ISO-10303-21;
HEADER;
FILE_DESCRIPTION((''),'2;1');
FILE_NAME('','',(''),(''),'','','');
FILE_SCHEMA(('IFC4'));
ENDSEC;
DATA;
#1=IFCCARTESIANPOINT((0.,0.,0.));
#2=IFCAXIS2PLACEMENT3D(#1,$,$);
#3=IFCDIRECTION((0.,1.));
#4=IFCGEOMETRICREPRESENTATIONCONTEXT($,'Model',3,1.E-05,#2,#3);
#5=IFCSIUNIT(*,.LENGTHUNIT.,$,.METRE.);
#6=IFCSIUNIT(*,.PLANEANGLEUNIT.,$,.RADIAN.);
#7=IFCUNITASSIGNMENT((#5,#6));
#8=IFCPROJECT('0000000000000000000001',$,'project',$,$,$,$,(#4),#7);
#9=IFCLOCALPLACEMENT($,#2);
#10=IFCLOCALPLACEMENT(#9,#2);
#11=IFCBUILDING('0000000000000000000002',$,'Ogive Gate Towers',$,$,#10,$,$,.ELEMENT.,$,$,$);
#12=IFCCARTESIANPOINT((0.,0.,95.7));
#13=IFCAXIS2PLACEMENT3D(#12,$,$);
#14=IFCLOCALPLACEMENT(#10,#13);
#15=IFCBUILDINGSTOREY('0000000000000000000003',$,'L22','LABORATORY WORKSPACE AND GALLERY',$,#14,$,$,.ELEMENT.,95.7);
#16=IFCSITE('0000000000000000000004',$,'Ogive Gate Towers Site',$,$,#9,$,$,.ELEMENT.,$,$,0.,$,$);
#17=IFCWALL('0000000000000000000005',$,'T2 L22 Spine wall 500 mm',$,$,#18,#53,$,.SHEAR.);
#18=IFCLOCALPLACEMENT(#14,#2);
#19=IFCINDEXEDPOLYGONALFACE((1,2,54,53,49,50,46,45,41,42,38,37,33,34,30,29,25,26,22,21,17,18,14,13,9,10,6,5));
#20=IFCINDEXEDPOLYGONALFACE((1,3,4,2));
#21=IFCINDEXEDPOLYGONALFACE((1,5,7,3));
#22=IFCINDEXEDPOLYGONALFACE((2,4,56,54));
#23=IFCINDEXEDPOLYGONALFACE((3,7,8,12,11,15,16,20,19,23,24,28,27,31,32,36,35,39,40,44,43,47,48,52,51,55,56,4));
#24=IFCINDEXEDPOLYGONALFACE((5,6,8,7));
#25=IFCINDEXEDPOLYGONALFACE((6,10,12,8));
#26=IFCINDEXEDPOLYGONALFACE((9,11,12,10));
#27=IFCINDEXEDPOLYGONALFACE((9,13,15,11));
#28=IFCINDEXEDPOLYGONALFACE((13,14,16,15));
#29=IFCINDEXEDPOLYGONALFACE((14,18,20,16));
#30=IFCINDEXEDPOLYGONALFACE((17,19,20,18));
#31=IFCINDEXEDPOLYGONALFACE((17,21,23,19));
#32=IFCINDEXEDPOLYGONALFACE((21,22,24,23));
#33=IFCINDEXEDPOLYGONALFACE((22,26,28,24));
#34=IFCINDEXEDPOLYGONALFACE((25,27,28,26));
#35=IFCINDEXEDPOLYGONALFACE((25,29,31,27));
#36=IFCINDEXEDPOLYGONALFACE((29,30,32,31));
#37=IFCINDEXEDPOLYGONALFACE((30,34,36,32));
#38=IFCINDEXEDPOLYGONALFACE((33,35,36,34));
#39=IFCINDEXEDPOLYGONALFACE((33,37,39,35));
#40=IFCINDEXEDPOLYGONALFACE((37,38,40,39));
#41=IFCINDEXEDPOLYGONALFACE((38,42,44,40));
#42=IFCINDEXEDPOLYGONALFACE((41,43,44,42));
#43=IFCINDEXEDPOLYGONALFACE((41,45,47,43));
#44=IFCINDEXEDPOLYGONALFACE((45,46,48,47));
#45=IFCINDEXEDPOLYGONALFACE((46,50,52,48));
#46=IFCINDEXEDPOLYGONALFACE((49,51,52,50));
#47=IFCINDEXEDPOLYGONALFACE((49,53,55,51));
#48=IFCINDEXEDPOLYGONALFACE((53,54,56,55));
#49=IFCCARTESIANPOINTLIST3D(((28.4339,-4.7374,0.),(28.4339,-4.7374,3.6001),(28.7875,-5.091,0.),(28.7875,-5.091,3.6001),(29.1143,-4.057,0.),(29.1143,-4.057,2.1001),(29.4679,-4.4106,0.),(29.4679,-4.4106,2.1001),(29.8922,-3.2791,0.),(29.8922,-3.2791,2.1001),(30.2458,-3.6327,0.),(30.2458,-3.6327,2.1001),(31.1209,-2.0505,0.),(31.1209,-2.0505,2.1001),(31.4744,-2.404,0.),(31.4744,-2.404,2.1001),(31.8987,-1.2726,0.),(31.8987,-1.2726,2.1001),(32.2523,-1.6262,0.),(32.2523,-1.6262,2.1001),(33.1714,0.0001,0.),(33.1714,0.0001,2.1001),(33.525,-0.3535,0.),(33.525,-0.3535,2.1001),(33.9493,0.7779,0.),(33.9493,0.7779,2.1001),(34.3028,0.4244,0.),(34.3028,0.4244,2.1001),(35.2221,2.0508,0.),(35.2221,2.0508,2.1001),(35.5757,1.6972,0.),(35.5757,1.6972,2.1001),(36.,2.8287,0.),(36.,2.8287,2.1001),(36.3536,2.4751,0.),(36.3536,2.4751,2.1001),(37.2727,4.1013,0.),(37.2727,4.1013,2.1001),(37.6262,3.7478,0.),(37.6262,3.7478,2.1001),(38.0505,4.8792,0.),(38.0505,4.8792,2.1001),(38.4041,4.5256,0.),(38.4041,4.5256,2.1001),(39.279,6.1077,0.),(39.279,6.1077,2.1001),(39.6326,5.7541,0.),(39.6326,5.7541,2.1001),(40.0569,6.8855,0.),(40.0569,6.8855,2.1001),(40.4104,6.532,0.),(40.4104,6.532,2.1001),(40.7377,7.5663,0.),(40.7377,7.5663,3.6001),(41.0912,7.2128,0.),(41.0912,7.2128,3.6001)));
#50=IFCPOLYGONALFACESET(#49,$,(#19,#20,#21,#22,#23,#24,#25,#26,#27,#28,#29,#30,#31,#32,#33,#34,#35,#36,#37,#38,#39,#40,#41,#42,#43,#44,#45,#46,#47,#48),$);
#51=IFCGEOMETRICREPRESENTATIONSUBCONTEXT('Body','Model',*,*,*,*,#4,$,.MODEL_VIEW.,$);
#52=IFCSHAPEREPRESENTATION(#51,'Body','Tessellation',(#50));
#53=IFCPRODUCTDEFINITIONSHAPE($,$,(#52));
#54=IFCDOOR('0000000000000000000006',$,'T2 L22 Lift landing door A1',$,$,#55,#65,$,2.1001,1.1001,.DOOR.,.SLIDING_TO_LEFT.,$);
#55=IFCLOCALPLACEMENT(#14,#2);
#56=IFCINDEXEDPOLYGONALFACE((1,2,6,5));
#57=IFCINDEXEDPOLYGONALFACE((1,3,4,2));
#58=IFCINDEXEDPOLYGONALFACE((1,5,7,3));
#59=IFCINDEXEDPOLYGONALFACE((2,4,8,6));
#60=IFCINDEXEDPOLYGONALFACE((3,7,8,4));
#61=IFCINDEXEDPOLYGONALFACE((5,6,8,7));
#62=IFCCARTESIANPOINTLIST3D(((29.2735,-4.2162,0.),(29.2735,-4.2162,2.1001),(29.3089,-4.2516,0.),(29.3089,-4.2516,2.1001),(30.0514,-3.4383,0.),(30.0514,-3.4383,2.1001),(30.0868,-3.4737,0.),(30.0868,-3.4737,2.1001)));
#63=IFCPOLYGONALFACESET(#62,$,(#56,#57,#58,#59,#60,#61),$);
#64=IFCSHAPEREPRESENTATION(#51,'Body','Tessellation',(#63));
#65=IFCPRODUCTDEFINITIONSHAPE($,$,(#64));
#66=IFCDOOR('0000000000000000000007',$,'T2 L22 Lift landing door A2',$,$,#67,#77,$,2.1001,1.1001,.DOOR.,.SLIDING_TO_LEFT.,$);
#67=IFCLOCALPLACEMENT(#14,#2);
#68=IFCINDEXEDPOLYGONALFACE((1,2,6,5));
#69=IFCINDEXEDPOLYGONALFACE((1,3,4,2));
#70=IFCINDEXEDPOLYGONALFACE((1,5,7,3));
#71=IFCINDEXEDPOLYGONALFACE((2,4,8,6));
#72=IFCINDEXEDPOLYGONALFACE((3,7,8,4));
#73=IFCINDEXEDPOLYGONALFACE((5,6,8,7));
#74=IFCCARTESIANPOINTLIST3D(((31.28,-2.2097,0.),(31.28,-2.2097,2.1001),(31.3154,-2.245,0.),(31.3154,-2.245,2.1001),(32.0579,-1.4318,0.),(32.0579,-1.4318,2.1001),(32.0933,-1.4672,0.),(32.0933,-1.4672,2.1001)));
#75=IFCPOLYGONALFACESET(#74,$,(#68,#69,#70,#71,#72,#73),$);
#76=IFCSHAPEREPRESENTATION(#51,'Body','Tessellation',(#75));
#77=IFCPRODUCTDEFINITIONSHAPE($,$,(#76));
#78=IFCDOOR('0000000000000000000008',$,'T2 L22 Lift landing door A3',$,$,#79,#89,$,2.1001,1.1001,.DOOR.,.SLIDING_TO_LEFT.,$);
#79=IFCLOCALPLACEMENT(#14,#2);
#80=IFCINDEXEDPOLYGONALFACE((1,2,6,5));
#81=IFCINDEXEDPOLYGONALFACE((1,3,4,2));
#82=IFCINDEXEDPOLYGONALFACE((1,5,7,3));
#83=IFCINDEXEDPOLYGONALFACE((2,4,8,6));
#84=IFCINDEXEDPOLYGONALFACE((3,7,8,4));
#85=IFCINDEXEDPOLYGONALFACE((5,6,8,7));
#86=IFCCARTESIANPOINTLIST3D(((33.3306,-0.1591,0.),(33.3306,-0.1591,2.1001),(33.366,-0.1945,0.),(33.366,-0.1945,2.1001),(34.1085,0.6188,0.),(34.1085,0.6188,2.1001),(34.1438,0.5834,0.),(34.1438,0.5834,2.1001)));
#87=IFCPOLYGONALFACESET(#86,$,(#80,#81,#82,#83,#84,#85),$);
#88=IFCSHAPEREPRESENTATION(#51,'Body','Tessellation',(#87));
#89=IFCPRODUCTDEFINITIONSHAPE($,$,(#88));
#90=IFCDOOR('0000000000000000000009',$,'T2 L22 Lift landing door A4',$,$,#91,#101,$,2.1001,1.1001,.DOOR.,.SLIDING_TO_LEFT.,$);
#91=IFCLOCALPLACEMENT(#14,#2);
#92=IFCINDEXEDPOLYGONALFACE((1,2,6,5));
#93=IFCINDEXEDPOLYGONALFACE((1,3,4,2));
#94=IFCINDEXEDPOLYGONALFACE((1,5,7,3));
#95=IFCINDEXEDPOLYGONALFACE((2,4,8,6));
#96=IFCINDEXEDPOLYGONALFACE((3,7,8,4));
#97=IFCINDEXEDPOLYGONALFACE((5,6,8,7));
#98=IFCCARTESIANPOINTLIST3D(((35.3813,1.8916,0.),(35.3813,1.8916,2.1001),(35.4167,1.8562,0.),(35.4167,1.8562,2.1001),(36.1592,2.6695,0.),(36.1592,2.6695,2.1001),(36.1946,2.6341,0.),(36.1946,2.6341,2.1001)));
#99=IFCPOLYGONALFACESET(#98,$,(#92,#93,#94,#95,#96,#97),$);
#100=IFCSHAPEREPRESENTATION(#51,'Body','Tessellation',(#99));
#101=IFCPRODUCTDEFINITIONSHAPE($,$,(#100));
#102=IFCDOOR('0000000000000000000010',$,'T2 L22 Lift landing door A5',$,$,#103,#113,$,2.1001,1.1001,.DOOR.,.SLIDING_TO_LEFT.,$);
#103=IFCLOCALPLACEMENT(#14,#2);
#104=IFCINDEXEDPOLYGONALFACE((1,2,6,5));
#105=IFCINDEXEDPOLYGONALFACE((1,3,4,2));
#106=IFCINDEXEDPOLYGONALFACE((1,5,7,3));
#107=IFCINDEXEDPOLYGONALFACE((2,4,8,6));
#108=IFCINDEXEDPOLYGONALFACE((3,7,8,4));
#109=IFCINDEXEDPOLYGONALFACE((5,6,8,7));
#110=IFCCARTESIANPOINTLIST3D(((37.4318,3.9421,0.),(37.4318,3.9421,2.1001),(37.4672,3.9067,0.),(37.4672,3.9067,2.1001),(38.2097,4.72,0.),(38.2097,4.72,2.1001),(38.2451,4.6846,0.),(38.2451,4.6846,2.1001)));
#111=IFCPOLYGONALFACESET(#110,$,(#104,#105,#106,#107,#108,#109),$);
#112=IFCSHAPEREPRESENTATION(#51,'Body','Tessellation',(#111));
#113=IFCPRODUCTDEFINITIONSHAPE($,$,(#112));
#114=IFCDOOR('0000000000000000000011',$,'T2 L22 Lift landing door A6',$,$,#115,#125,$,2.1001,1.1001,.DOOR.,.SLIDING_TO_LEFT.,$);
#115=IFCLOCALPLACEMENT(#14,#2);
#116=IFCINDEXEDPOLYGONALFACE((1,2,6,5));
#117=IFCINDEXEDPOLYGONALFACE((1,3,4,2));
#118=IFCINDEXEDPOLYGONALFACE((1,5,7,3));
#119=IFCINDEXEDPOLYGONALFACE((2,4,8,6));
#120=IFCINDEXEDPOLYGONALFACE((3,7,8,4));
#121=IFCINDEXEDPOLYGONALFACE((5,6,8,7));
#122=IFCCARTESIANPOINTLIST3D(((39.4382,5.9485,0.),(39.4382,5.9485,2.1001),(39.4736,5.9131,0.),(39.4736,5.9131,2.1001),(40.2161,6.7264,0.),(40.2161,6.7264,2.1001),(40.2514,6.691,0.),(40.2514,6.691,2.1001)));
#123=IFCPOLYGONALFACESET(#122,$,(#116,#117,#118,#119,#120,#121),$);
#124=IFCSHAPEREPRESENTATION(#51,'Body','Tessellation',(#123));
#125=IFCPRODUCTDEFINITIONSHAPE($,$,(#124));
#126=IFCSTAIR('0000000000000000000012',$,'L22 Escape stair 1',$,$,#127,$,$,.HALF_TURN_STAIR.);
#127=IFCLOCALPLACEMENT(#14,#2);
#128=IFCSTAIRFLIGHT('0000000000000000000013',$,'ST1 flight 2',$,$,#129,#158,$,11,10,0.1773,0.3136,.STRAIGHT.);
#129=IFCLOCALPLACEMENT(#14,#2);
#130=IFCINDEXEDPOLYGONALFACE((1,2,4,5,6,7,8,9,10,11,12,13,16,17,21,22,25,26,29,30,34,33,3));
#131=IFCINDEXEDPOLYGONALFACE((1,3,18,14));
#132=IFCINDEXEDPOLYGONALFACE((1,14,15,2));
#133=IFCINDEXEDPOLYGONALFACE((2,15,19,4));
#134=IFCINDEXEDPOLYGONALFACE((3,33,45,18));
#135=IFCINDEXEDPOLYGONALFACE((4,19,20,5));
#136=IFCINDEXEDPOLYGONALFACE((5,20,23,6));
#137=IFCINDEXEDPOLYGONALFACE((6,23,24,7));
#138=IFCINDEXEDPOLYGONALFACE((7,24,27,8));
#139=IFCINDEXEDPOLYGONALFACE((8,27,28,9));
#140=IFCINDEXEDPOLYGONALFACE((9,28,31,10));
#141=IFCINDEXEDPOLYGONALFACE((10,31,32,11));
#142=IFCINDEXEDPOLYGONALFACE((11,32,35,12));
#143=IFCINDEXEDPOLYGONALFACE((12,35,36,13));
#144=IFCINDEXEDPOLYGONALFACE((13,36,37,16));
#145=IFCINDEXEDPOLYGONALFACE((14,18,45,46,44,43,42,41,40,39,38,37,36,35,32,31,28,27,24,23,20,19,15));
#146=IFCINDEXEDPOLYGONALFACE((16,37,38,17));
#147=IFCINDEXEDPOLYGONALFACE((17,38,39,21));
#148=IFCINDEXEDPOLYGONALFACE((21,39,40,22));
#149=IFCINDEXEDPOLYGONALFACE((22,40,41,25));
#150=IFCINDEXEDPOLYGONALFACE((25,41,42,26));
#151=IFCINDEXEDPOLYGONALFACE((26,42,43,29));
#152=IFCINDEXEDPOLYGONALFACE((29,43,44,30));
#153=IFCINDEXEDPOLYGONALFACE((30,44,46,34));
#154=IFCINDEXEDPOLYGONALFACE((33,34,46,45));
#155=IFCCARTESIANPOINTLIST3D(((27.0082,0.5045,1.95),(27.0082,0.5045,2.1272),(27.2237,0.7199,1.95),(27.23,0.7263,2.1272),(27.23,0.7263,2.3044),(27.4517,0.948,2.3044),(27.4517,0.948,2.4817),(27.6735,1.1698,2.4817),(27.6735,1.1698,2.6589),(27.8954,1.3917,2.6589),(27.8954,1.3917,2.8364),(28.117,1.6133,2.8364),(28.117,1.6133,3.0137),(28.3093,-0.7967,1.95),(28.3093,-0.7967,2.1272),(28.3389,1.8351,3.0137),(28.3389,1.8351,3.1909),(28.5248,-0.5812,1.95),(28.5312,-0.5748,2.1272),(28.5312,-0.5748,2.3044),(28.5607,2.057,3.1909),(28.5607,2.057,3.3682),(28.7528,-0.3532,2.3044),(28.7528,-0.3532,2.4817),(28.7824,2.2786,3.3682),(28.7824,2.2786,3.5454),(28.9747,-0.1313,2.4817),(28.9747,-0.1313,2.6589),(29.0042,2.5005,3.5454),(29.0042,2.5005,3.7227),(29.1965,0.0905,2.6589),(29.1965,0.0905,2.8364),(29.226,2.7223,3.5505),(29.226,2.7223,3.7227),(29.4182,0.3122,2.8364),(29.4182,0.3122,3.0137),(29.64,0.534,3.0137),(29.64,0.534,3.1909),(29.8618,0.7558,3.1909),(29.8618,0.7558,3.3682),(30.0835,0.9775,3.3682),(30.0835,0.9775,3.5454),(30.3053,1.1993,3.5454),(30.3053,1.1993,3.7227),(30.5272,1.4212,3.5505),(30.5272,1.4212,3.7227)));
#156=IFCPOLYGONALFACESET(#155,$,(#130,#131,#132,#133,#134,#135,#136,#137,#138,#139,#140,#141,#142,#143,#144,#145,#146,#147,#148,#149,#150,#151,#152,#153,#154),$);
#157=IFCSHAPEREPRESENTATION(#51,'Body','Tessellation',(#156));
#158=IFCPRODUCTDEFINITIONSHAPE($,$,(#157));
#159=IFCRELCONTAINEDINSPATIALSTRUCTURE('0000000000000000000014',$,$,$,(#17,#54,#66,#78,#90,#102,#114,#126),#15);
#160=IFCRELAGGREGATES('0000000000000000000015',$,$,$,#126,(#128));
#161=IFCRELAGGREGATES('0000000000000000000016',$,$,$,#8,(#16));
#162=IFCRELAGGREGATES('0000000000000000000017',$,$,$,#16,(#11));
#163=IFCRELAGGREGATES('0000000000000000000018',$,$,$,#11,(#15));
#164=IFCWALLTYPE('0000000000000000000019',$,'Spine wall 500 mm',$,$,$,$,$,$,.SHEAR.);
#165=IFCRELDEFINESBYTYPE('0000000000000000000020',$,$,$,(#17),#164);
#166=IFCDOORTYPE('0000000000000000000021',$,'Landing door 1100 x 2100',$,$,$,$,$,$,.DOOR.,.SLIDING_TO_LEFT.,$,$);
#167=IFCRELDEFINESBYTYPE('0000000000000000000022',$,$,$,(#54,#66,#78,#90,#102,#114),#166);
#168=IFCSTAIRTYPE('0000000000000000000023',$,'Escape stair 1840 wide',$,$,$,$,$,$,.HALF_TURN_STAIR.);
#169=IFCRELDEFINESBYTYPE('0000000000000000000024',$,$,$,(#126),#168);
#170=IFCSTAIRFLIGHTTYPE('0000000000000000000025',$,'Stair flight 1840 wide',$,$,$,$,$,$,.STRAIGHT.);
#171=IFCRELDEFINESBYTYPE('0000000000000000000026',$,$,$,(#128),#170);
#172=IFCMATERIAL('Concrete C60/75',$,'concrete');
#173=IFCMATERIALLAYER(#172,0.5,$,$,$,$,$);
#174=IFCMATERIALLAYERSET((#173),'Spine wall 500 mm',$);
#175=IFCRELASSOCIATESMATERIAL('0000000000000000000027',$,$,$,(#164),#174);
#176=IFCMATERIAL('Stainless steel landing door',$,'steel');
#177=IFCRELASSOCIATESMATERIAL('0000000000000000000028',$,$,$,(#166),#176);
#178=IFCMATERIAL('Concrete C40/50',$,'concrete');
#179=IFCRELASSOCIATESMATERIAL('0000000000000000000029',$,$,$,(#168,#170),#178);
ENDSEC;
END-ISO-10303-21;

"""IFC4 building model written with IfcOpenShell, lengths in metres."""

from ifc_helpers import new_model, si_unit, direction, frame, frame_2d, origin, place, context, subcontext, project, spatial, polyline, rectangle, outline, extrude, material, layer, layer_set, type_object, element, fill, aggregate, save


model = new_model("IFC4")

# Units and contexts
model_context = context("Model", 3, precision=1e-05, world=origin(), true_north=direction((0.0, 1.0)))
body_context = subcontext(model_context, "Body", "Model", "MODEL_VIEW")
ifc_project = project(units=[si_unit("LENGTHUNIT", "METRE"), si_unit("PLANEANGLEUNIT", "RADIAN")], contexts=[model_context])

# Site, building, storey
site_placement = place(None, origin())
site = spatial("IfcSite", under=ifc_project, at=site_placement, Name="Ogive Gate Towers Site", CompositionType="ELEMENT", RefElevation=0.0)
building_placement = place(site_placement, origin())
building = spatial("IfcBuilding", under=site, at=building_placement, Name="Ogive Gate Towers", CompositionType="ELEMENT")
storey_placement = place(building_placement, frame((0.0, 0.0, 95.7)))
storey = spatial("IfcBuildingStorey", under=building, at=storey_placement, Name="L22", Description="LABORATORY WORKSPACE AND GALLERY", CompositionType="ELEMENT", Elevation=95.7)

# Shared definitions
ifc_material_1 = material(Name="Concrete C60/75", Category="concrete")

# Wall, openings, doors
ifc_layer_1 = layer(ifc_material_1, 0.5)
ifc_layer_set_1 = layer_set([ifc_layer_1], Name="Spine wall 500 mm")
wall_type_1 = type_object("IfcWallType", Name="Spine wall 500 mm", PredefinedType="SHEAR", material=ifc_layer_set_1)
ifc_material_2 = material(Name="Stainless steel landing door", Category="steel")
wall_1_placement = place(storey_placement, frame((28.6106, -4.9143, 0.0), z_axis=(0.0, 0.0, 1.0), x_axis=(0.707107, 0.707107, 0.0)))
wall_1 = element("IfcWall", 1, at=wall_1_placement, inside=storey, type_object=wall_type_1, Name="T2 L22 Spine wall 500 mm", PredefinedType="SHEAR", context=body_context, shape_type="SweptSolid", body=[
    extrude(rectangle(XDim=17.4001, YDim=0.5, at=frame_2d((8.7002, 0.0))), origin(), (0.0, 0.0, 1.0), 3.6001),
])
opening_1_placement = place(wall_1_placement, frame((0.9624, 0.0, 0.0)))
opening_1 = element("IfcOpeningElement", 2, at=opening_1_placement, cuts=wall_1, PredefinedType="OPENING", context=body_context, shape_type="SweptSolid", body=[
    extrude(rectangle(XDim=1.1001, YDim=2.1001, at=frame_2d((0.55, 1.05))), frame((0.0, 0.26, 0.0), z_axis=(0.0, -1.0, 0.0), x_axis=(1.0, 0.0, 0.0)), (0.0, 0.0, 1.0), 0.52),
])
opening_2_placement = place(wall_1_placement, frame((3.8, 0.0, 0.0)))
opening_2 = element("IfcOpeningElement", 3, at=opening_2_placement, cuts=wall_1, PredefinedType="OPENING", context=body_context, shape_type="SweptSolid", body=[
    extrude(rectangle(XDim=1.1001, YDim=2.1001, at=frame_2d((0.55, 1.05))), frame((0.0, 0.26, 0.0), z_axis=(0.0, -1.0, 0.0), x_axis=(1.0, 0.0, 0.0)), (0.0, 0.0, 1.0), 0.52),
])
opening_3_placement = place(wall_1_placement, frame((6.7, 0.0, 0.0)))
opening_3 = element("IfcOpeningElement", 4, at=opening_3_placement, cuts=wall_1, PredefinedType="OPENING", context=body_context, shape_type="SweptSolid", body=[
    extrude(rectangle(XDim=1.1001, YDim=2.1001, at=frame_2d((0.55, 1.05))), frame((0.0, 0.26, 0.0), z_axis=(0.0, -1.0, 0.0), x_axis=(1.0, 0.0, 0.0)), (0.0, 0.0, 1.0), 0.52),
])
opening_4_placement = place(wall_1_placement, frame((9.6001, 0.0, 0.0)))
opening_4 = element("IfcOpeningElement", 5, at=opening_4_placement, cuts=wall_1, PredefinedType="OPENING", context=body_context, shape_type="SweptSolid", body=[
    extrude(rectangle(XDim=1.1001, YDim=2.1001, at=frame_2d((0.55, 1.05))), frame((0.0, 0.26, 0.0), z_axis=(0.0, -1.0, 0.0), x_axis=(1.0, 0.0, 0.0)), (0.0, 0.0, 1.0), 0.52),
])
opening_5_placement = place(wall_1_placement, frame((12.5, 0.0, 0.0)))
opening_5 = element("IfcOpeningElement", 6, at=opening_5_placement, cuts=wall_1, PredefinedType="OPENING", context=body_context, shape_type="SweptSolid", body=[
    extrude(rectangle(XDim=1.1001, YDim=2.1001, at=frame_2d((0.55, 1.05))), frame((0.0, 0.26, 0.0), z_axis=(0.0, -1.0, 0.0), x_axis=(1.0, 0.0, 0.0)), (0.0, 0.0, 1.0), 0.52),
])
opening_6_placement = place(wall_1_placement, frame((15.3374, 0.0, 0.0)))
opening_6 = element("IfcOpeningElement", 7, at=opening_6_placement, cuts=wall_1, PredefinedType="OPENING", context=body_context, shape_type="SweptSolid", body=[
    extrude(rectangle(XDim=1.1001, YDim=2.1001, at=frame_2d((0.55, 1.05))), frame((0.0, 0.26, 0.0), z_axis=(0.0, -1.0, 0.0), x_axis=(1.0, 0.0, 0.0)), (0.0, 0.0, 1.0), 0.52),
])
door_type_1 = type_object("IfcDoorType", Name="Landing door 1100 x 2100", OperationType="SLIDING_TO_LEFT", PredefinedType="DOOR", material=ifc_material_2)
door_1_placement = place(opening_1_placement, origin())
door_1 = element("IfcDoor", 8, at=door_1_placement, inside=storey, type_object=door_type_1, Name="T2 L22 Lift landing door A1", OperationType="SLIDING_TO_LEFT", OverallHeight=2.1001, OverallWidth=1.1001, PredefinedType="DOOR", context=body_context, shape_type="SweptSolid", body=[
    extrude(rectangle(XDim=1.1001, YDim=2.1001, at=frame_2d((0.55, 1.05))), frame((0.0, 0.0249, 0.0), z_axis=(0.0, -1.0, 0.0), x_axis=(1.0, 0.0, 0.0)), (0.0, 0.0, 1.0), 0.05),
])
fill(opening_1, door_1)
door_2_placement = place(opening_2_placement, origin())
door_2 = element("IfcDoor", 9, at=door_2_placement, inside=storey, type_object=door_type_1, Name="T2 L22 Lift landing door A2", OperationType="SLIDING_TO_LEFT", OverallHeight=2.1001, OverallWidth=1.1001, PredefinedType="DOOR", context=body_context, shape_type="SweptSolid", body=[
    extrude(rectangle(XDim=1.1001, YDim=2.1001, at=frame_2d((0.55, 1.05))), frame((0.0, 0.0249, 0.0), z_axis=(0.0, -1.0, 0.0), x_axis=(1.0, 0.0, 0.0)), (0.0, 0.0, 1.0), 0.05),
])
fill(opening_2, door_2)
door_3_placement = place(opening_3_placement, origin())
door_3 = element("IfcDoor", 10, at=door_3_placement, inside=storey, type_object=door_type_1, Name="T2 L22 Lift landing door A3", OperationType="SLIDING_TO_LEFT", OverallHeight=2.1001, OverallWidth=1.1001, PredefinedType="DOOR", context=body_context, shape_type="SweptSolid", body=[
    extrude(rectangle(XDim=1.1001, YDim=2.1001, at=frame_2d((0.55, 1.05))), frame((0.0, 0.0249, 0.0), z_axis=(0.0, -1.0, 0.0), x_axis=(1.0, 0.0, 0.0)), (0.0, 0.0, 1.0), 0.05),
])
fill(opening_3, door_3)
door_4_placement = place(opening_4_placement, origin())
door_4 = element("IfcDoor", 11, at=door_4_placement, inside=storey, type_object=door_type_1, Name="T2 L22 Lift landing door A4", OperationType="SLIDING_TO_LEFT", OverallHeight=2.1001, OverallWidth=1.1001, PredefinedType="DOOR", context=body_context, shape_type="SweptSolid", body=[
    extrude(rectangle(XDim=1.1001, YDim=2.1001, at=frame_2d((0.55, 1.05))), frame((0.0, 0.0249, 0.0), z_axis=(0.0, -1.0, 0.0), x_axis=(1.0, 0.0, 0.0)), (0.0, 0.0, 1.0), 0.05),
])
fill(opening_4, door_4)
door_5_placement = place(opening_5_placement, origin())
door_5 = element("IfcDoor", 12, at=door_5_placement, inside=storey, type_object=door_type_1, Name="T2 L22 Lift landing door A5", OperationType="SLIDING_TO_LEFT", OverallHeight=2.1001, OverallWidth=1.1001, PredefinedType="DOOR", context=body_context, shape_type="SweptSolid", body=[
    extrude(rectangle(XDim=1.1001, YDim=2.1001, at=frame_2d((0.55, 1.05))), frame((0.0, 0.0249, 0.0), z_axis=(0.0, -1.0, 0.0), x_axis=(1.0, 0.0, 0.0)), (0.0, 0.0, 1.0), 0.05),
])
fill(opening_5, door_5)
door_6_placement = place(opening_6_placement, origin())
door_6 = element("IfcDoor", 13, at=door_6_placement, inside=storey, type_object=door_type_1, Name="T2 L22 Lift landing door A6", OperationType="SLIDING_TO_LEFT", OverallHeight=2.1001, OverallWidth=1.1001, PredefinedType="DOOR", context=body_context, shape_type="SweptSolid", body=[
    extrude(rectangle(XDim=1.1001, YDim=2.1001, at=frame_2d((0.55, 1.05))), frame((0.0, 0.0249, 0.0), z_axis=(0.0, -1.0, 0.0), x_axis=(1.0, 0.0, 0.0)), (0.0, 0.0, 1.0), 0.05),
])
fill(opening_6, door_6)

# Stair, stair flight
ifc_material_3 = material(Name="Concrete C40/50", Category="concrete")
stair_type = type_object("IfcStairType", Name="Escape stair 1840 wide", PredefinedType="HALF_TURN_STAIR", material=ifc_material_3)
stair_placement = place(storey_placement, origin())
stair = element("IfcStair", 14, at=stair_placement, inside=storey, type_object=stair_type, Name="L22 Escape stair 1", PredefinedType="HALF_TURN_STAIR")
stair_flight_type = type_object("IfcStairFlightType", Name="Stair flight 1840 wide", PredefinedType="STRAIGHT", material=ifc_material_3)
stair_flight_placement = place(storey_placement, frame((27.6587, -0.146, 1.95), z_axis=(0.0, 0.0, 1.0), x_axis=(0.707107, 0.707107, 0.0)))
stair_flight = element("IfcStairFlight", 15, at=stair_flight_placement, type_object=stair_flight_type, Name="ST1 flight 2", NumberOfRisers=11, NumberOfTreads=10, PredefinedType="STRAIGHT", RiserHeight=0.1773, TreadLength=0.3136, context=body_context, shape_type="SweptSolid", body=[
    extrude(outline(polyline([(0.0, 0.0), (0.0, 0.1772), (0.3137, 0.1772), (0.3137, 0.3545), (0.6272, 0.3545), (0.6272, 0.5317), (0.9409, 0.5317), (0.9409, 0.709), (1.2546, 0.709), (1.2546, 0.8865), (1.5681, 0.8865), (1.5681, 1.0637), (1.8818, 1.0637), (1.8818, 1.241), (2.1956, 1.241), (2.1956, 1.4182), (2.509, 1.4182), (2.509, 1.5955), (2.8228, 1.5955), (2.8228, 1.7727), (3.1365, 1.7727), (3.1365, 1.95), (3.1365, 1.6006), (0.3047, 0.0), (0.0, 0.0)])), frame((0.0, 0.9199, 0.0), z_axis=(0.0, -1.0, 0.0), x_axis=(1.0, 0.0, 0.0)), (0.0, 0.0, 1.0), 1.8401),
])
aggregate(stair, [stair_flight])

save(model, "model.ifc")
